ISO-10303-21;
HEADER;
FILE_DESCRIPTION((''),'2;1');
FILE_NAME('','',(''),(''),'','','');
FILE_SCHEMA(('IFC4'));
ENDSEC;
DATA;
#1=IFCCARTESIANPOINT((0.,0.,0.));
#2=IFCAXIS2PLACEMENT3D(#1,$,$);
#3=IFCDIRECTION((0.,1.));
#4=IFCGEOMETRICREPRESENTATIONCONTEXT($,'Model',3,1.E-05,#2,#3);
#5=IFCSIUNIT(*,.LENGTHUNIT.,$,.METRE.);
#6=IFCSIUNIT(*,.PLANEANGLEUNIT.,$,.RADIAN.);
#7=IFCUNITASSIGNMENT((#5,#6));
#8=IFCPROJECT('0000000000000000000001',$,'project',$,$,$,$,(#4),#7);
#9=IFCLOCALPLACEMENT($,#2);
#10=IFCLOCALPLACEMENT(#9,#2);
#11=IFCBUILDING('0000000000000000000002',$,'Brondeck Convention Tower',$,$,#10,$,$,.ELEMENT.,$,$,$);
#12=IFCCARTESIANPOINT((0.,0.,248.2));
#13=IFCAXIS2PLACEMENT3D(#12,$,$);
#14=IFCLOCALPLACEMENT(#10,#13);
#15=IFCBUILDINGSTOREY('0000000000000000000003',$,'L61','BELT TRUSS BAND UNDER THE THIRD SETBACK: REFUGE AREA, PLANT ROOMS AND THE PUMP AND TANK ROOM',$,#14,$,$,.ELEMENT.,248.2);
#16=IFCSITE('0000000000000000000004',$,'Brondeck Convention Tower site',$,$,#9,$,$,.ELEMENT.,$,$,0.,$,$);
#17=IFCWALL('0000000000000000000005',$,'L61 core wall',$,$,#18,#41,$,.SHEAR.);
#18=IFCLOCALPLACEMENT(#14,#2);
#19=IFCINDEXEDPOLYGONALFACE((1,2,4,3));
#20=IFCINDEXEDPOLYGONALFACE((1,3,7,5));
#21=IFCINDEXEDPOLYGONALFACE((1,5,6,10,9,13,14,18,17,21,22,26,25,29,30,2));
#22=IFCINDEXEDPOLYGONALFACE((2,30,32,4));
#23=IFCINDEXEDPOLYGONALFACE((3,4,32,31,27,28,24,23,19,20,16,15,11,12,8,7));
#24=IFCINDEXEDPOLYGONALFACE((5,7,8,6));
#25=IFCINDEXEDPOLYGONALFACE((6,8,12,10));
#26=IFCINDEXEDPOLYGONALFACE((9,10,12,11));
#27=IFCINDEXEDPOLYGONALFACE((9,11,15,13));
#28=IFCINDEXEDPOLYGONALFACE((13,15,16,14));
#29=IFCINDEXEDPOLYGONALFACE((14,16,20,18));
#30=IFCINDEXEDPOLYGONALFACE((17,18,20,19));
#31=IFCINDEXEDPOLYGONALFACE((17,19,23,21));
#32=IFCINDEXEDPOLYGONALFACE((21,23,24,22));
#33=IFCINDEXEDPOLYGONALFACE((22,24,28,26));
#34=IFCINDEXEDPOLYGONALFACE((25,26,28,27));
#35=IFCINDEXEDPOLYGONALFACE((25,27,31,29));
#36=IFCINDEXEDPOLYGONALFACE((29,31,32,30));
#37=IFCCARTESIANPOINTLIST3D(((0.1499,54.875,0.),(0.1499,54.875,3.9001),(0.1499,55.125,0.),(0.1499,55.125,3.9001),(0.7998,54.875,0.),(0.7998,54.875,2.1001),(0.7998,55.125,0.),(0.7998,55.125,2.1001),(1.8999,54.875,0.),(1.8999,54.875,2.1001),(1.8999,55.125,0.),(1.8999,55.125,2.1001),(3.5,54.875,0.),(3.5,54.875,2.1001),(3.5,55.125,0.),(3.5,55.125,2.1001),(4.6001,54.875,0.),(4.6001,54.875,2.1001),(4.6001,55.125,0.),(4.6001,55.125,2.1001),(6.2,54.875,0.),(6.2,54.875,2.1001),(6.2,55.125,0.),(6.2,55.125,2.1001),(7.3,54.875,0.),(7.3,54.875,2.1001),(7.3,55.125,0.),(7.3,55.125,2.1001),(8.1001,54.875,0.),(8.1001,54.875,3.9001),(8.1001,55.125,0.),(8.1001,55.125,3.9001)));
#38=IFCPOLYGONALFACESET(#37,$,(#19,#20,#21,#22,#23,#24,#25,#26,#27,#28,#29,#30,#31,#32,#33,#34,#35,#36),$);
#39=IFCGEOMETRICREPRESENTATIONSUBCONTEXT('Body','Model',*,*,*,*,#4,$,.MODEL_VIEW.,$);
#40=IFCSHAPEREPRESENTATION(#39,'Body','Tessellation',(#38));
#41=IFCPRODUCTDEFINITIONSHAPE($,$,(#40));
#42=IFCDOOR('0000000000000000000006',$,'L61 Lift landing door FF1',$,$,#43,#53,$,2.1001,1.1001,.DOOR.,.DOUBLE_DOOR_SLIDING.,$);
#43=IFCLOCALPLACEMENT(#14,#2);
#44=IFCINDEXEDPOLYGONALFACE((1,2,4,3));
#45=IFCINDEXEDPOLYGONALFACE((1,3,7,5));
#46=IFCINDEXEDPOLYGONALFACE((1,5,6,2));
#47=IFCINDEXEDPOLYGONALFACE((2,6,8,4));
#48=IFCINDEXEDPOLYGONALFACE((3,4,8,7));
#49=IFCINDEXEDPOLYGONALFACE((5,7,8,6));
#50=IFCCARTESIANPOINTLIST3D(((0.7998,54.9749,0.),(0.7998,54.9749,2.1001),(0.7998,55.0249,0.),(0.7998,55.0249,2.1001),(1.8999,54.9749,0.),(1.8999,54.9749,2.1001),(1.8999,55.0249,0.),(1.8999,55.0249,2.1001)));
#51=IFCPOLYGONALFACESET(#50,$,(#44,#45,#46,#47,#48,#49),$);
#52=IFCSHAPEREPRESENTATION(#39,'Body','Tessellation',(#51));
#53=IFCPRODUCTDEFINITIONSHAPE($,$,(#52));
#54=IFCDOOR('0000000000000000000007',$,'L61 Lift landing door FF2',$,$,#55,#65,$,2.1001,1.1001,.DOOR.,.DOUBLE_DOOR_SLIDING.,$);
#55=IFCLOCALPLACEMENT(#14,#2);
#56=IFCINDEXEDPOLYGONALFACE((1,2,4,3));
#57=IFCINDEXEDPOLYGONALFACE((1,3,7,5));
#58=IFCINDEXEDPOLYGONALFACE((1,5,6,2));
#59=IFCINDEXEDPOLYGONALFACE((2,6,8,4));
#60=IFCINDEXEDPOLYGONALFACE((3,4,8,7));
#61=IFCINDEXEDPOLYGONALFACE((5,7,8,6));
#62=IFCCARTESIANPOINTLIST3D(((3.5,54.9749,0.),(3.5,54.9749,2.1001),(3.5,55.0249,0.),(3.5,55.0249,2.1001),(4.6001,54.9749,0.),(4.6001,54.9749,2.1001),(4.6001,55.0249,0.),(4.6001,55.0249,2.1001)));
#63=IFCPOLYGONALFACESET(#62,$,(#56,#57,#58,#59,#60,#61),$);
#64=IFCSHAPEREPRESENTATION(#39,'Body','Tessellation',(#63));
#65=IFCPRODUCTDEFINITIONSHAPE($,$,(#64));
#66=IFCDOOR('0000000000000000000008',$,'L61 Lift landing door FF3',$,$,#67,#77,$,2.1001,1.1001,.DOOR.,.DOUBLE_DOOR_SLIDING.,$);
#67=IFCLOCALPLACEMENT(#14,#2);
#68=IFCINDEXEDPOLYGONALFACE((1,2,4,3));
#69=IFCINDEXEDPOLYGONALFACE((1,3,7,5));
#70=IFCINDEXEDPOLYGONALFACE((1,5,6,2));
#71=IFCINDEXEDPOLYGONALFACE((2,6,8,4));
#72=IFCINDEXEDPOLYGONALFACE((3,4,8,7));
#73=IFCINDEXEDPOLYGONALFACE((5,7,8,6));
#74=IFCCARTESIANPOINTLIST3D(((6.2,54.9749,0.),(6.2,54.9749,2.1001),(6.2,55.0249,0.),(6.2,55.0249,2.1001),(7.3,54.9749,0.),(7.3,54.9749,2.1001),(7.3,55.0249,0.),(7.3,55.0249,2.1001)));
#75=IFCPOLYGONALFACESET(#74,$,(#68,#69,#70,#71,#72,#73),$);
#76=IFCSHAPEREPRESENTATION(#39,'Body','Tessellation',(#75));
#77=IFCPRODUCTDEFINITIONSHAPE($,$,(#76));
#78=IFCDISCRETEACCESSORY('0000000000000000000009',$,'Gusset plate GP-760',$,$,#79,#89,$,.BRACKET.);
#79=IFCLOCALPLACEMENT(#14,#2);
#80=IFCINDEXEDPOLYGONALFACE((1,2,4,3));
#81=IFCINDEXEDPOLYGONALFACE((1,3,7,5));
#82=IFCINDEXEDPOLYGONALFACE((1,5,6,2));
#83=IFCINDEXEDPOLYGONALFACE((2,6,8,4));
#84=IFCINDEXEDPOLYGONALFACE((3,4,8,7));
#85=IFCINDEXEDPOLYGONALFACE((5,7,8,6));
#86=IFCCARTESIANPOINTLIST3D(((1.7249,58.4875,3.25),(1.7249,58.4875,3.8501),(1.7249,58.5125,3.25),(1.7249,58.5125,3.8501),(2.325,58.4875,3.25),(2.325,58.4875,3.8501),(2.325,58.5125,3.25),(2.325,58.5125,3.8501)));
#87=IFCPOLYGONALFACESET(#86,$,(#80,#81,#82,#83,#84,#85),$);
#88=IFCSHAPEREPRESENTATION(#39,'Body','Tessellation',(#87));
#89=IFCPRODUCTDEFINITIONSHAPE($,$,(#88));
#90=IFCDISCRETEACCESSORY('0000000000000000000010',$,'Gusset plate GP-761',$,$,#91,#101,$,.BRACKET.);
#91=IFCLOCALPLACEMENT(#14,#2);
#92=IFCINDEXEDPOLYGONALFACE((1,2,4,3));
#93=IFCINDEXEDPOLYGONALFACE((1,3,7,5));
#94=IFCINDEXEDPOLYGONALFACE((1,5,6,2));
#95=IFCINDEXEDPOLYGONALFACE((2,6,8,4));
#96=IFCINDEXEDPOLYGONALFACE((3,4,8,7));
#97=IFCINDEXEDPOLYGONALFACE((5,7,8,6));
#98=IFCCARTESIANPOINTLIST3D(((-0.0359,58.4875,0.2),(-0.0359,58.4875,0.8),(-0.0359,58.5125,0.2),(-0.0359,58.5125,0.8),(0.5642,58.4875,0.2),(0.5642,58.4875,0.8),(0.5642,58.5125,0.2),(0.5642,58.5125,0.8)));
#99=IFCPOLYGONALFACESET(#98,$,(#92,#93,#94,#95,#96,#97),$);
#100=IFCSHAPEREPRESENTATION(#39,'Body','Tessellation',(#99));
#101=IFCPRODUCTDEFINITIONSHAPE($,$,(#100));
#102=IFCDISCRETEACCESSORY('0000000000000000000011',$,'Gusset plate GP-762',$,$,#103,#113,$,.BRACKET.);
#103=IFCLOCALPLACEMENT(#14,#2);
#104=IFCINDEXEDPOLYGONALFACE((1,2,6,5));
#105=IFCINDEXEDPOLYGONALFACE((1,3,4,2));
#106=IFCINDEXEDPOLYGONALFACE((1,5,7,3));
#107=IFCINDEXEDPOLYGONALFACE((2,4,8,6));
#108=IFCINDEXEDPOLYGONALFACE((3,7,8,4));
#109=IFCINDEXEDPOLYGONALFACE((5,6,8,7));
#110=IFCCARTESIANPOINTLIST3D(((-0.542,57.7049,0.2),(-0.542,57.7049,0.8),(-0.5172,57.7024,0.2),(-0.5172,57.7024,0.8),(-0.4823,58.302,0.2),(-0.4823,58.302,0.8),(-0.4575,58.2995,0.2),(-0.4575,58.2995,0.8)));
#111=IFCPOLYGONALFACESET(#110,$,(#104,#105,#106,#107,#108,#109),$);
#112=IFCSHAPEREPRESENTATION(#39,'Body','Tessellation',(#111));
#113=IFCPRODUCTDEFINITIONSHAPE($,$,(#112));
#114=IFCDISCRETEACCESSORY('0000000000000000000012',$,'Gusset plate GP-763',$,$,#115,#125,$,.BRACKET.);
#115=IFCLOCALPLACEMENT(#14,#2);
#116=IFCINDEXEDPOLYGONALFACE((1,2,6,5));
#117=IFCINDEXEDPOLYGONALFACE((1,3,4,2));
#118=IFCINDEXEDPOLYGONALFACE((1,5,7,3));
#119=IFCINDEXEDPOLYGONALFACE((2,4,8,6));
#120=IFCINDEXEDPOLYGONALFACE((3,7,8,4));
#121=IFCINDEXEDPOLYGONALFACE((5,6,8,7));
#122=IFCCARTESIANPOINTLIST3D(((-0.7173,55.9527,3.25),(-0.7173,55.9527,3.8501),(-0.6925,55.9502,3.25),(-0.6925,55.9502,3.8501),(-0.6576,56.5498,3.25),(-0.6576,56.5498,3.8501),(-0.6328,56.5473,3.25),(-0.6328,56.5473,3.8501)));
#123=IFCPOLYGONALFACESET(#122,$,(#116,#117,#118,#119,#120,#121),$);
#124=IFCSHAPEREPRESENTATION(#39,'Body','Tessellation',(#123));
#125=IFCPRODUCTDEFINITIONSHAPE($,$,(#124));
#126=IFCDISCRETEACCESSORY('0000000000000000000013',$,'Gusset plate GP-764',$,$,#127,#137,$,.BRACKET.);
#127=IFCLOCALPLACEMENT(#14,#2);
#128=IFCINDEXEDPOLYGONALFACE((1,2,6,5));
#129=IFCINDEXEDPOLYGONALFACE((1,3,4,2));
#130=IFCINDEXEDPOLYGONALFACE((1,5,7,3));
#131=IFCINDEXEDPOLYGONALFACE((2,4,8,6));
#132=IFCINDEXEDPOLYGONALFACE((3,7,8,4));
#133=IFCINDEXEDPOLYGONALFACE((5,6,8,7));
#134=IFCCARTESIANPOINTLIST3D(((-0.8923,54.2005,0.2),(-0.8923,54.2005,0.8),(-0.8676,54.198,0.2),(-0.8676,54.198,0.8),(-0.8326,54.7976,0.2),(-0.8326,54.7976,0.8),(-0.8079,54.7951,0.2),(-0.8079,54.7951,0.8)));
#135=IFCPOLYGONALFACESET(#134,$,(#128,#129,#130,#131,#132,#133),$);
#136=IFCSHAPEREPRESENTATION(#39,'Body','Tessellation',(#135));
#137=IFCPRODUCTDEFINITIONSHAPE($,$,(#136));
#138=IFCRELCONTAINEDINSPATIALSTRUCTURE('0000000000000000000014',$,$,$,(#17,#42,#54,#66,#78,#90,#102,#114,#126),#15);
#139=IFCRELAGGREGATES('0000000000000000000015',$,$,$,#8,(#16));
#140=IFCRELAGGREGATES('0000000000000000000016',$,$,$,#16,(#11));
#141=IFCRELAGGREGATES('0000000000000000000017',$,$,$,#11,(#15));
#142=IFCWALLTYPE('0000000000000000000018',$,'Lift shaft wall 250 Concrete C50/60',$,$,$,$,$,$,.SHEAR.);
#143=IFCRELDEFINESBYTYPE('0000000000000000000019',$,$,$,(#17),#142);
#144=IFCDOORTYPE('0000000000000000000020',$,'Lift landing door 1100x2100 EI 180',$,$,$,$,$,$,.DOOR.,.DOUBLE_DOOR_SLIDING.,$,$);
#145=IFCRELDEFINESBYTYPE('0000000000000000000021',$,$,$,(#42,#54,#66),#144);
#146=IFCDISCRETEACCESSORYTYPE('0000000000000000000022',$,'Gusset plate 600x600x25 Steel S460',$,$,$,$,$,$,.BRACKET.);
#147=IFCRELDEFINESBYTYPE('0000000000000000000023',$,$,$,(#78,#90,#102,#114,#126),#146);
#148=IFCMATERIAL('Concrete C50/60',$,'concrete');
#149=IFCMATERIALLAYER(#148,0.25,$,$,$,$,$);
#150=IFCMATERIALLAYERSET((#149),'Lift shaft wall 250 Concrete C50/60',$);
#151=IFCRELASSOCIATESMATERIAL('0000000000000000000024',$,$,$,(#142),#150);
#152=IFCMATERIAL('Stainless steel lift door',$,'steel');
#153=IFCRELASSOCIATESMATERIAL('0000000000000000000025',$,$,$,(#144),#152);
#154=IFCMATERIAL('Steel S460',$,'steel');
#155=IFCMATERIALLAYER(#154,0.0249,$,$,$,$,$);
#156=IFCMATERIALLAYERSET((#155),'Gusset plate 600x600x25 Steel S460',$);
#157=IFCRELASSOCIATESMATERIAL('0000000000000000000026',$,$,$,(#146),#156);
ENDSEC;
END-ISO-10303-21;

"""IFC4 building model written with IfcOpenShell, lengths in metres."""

from ifc_helpers import new_model, si_unit, direction, frame, frame_2d, origin, origin_2d, place, context, subcontext, project, spatial, rectangle, extrude, material, layer, layer_set, type_object, element, fill, save


model = new_model("IFC4")

# Units and contexts
model_context = context("Model", 3, precision=1e-05, world=origin(), true_north=direction((0.0, 1.0)))
body_context = subcontext(model_context, "Body", "Model", "MODEL_VIEW")
ifc_project = project(units=[si_unit("LENGTHUNIT", "METRE"), si_unit("PLANEANGLEUNIT", "RADIAN")], contexts=[model_context])

# Site, building, storey
site_placement = place(None, origin())
site = spatial("IfcSite", under=ifc_project, at=site_placement, Name="Brondeck Convention Tower site", CompositionType="ELEMENT", RefElevation=0.0)
building_placement = place(site_placement, origin())
building = spatial("IfcBuilding", under=site, at=building_placement, Name="Brondeck Convention Tower", CompositionType="ELEMENT")
storey_placement = place(building_placement, frame((0.0, 0.0, 248.2)))
storey = spatial("IfcBuildingStorey", under=building, at=storey_placement, Name="L61", Description="BELT TRUSS BAND UNDER THE THIRD SETBACK: REFUGE AREA, PLANT ROOMS AND THE PUMP AND TANK ROOM", CompositionType="ELEMENT", Elevation=248.2)

# Shared definitions
ifc_material_1 = material(Name="Concrete C50/60", Category="concrete")

# Shared definitions
ifc_material_2 = material(Name="Steel S460", Category="steel")

# Wall, openings, doors
ifc_layer_1 = layer(ifc_material_1, 0.25)
ifc_layer_set_1 = layer_set([ifc_layer_1], Name="Lift shaft wall 250 Concrete C50/60")
wall_type_1 = type_object("IfcWallType", Name="Lift shaft wall 250 Concrete C50/60", PredefinedType="SHEAR", material=ifc_layer_set_1)
wall_1_placement = place(storey_placement, frame((0.1499, 55.0, 0.0), z_axis=(0.0, 0.0, 1.0), x_axis=(1.0, 0.0, 0.0)))
wall_1 = element("IfcWall", 1, at=wall_1_placement, inside=storey, type_object=wall_type_1, Name="L61 core wall", PredefinedType="SHEAR", context=body_context, shape_type="SweptSolid", body=[
    extrude(rectangle(XDim=7.9502, YDim=0.25, at=frame_2d((3.9751, 0.0))), origin(), (0.0, 0.0, 1.0), 3.9001),
])
opening_1_placement = place(wall_1_placement, frame((0.6499, 0.0, 0.0)))
opening_1 = element("IfcOpeningElement", 2, at=opening_1_placement, cuts=wall_1, PredefinedType="OPENING", context=body_context, shape_type="SweptSolid", body=[
    extrude(rectangle(XDim=1.1001, YDim=2.1001, at=frame_2d((0.55, 1.05))), frame((0.0, 0.135, 0.0), z_axis=(0.0, -1.0, 0.0), x_axis=(1.0, 0.0, 0.0)), (0.0, 0.0, 1.0), 0.27),
])
opening_2_placement = place(wall_1_placement, frame((3.3501, 0.0, 0.0)))
opening_2 = element("IfcOpeningElement", 3, at=opening_2_placement, cuts=wall_1, PredefinedType="OPENING", context=body_context, shape_type="SweptSolid", body=[
    extrude(rectangle(XDim=1.1001, YDim=2.1001, at=frame_2d((0.55, 1.05))), frame((0.0, 0.135, 0.0), z_axis=(0.0, -1.0, 0.0), x_axis=(1.0, 0.0, 0.0)), (0.0, 0.0, 1.0), 0.27),
])
opening_3_placement = place(wall_1_placement, frame((6.05, 0.0, 0.0)))
opening_3 = element("IfcOpeningElement", 4, at=opening_3_placement, cuts=wall_1, PredefinedType="OPENING", context=body_context, shape_type="SweptSolid", body=[
    extrude(rectangle(XDim=1.1001, YDim=2.1001, at=frame_2d((0.55, 1.05))), frame((0.0, 0.135, 0.0), z_axis=(0.0, -1.0, 0.0), x_axis=(1.0, 0.0, 0.0)), (0.0, 0.0, 1.0), 0.27),
])
ifc_material_3 = material(Name="Stainless steel lift door", Category="steel")
door_type = type_object("IfcDoorType", Name="Lift landing door 1100x2100 EI 180", OperationType="DOUBLE_DOOR_SLIDING", PredefinedType="DOOR", material=ifc_material_3)
door_1_placement = place(opening_1_placement, origin())
door_1 = element("IfcDoor", 5, at=door_1_placement, inside=storey, type_object=door_type, Name="L61 Lift landing door FF1", OperationType="DOUBLE_DOOR_SLIDING", OverallHeight=2.1001, OverallWidth=1.1001, PredefinedType="DOOR", context=body_context, shape_type="SweptSolid", body=[
    extrude(rectangle(XDim=1.1001, YDim=2.1001, at=frame_2d((0.55, 1.05))), frame((0.0, 0.0249, 0.0), z_axis=(0.0, -1.0, 0.0), x_axis=(1.0, 0.0, 0.0)), (0.0, 0.0, 1.0), 0.05),
])
fill(opening_1, door_1)
door_2_placement = place(opening_2_placement, origin())
door_2 = element("IfcDoor", 6, at=door_2_placement, inside=storey, type_object=door_type, Name="L61 Lift landing door FF2", OperationType="DOUBLE_DOOR_SLIDING", OverallHeight=2.1001, OverallWidth=1.1001, PredefinedType="DOOR", context=body_context, shape_type="SweptSolid", body=[
    extrude(rectangle(XDim=1.1001, YDim=2.1001, at=frame_2d((0.55, 1.05))), frame((0.0, 0.0249, 0.0), z_axis=(0.0, -1.0, 0.0), x_axis=(1.0, 0.0, 0.0)), (0.0, 0.0, 1.0), 0.05),
])
fill(opening_2, door_2)
door_3_placement = place(opening_3_placement, origin())
door_3 = element("IfcDoor", 7, at=door_3_placement, inside=storey, type_object=door_type, Name="L61 Lift landing door FF3", OperationType="DOUBLE_DOOR_SLIDING", OverallHeight=2.1001, OverallWidth=1.1001, PredefinedType="DOOR", context=body_context, shape_type="SweptSolid", body=[
    extrude(rectangle(XDim=1.1001, YDim=2.1001, at=frame_2d((0.55, 1.05))), frame((0.0, 0.0249, 0.0), z_axis=(0.0, -1.0, 0.0), x_axis=(1.0, 0.0, 0.0)), (0.0, 0.0, 1.0), 0.05),
])
fill(opening_3, door_3)

# Discrete accessories
ifc_layer_2 = layer(ifc_material_2, 0.0249)
ifc_layer_set_2 = layer_set([ifc_layer_2], Name="Gusset plate 600x600x25 Steel S460")
discrete_accessory_type = type_object("IfcDiscreteAccessoryType", Name="Gusset plate 600x600x25 Steel S460", PredefinedType="BRACKET", material=ifc_layer_set_2)
for number, where, z_axis, x_axis, name in (
    (8, (2.0249, 58.5, 3.25), (0.0, 0.0, 1.0), (1.0, 0.0, 0.0), "Gusset plate GP-760"),
    (9, (0.2642, 58.5, 0.2), (0.0, 0.0, 1.0), (1.0, 0.0, 0.0), "Gusset plate GP-761"),
    (10, (-0.4998, 58.0022, 0.2), (0.0, 0.0, 1.0), (0.099511, 0.995036, 0.0), "Gusset plate GP-762"),
    (11, (-0.675, 56.25, 3.25), (0.0, 0.0, 1.0), (0.099511, 0.995036, 0.0), "Gusset plate GP-763"),
    (12, (-0.8501, 54.4978, 0.2), (0.0, 0.0, 1.0), (0.099511, 0.995036, 0.0), "Gusset plate GP-764"),
):
    element("IfcDiscreteAccessory", number, at=place(storey_placement, frame(where, z_axis=z_axis, x_axis=x_axis)), inside=storey, type_object=discrete_accessory_type, Name=name, PredefinedType="BRACKET", context=body_context, shape_type="SweptSolid", body=[
        extrude(rectangle(XDim=0.6001, YDim=0.0249, at=origin_2d()), origin(), (0.0, 0.0, 1.0), 0.6001),
    ])

save(model, "model.ifc")
